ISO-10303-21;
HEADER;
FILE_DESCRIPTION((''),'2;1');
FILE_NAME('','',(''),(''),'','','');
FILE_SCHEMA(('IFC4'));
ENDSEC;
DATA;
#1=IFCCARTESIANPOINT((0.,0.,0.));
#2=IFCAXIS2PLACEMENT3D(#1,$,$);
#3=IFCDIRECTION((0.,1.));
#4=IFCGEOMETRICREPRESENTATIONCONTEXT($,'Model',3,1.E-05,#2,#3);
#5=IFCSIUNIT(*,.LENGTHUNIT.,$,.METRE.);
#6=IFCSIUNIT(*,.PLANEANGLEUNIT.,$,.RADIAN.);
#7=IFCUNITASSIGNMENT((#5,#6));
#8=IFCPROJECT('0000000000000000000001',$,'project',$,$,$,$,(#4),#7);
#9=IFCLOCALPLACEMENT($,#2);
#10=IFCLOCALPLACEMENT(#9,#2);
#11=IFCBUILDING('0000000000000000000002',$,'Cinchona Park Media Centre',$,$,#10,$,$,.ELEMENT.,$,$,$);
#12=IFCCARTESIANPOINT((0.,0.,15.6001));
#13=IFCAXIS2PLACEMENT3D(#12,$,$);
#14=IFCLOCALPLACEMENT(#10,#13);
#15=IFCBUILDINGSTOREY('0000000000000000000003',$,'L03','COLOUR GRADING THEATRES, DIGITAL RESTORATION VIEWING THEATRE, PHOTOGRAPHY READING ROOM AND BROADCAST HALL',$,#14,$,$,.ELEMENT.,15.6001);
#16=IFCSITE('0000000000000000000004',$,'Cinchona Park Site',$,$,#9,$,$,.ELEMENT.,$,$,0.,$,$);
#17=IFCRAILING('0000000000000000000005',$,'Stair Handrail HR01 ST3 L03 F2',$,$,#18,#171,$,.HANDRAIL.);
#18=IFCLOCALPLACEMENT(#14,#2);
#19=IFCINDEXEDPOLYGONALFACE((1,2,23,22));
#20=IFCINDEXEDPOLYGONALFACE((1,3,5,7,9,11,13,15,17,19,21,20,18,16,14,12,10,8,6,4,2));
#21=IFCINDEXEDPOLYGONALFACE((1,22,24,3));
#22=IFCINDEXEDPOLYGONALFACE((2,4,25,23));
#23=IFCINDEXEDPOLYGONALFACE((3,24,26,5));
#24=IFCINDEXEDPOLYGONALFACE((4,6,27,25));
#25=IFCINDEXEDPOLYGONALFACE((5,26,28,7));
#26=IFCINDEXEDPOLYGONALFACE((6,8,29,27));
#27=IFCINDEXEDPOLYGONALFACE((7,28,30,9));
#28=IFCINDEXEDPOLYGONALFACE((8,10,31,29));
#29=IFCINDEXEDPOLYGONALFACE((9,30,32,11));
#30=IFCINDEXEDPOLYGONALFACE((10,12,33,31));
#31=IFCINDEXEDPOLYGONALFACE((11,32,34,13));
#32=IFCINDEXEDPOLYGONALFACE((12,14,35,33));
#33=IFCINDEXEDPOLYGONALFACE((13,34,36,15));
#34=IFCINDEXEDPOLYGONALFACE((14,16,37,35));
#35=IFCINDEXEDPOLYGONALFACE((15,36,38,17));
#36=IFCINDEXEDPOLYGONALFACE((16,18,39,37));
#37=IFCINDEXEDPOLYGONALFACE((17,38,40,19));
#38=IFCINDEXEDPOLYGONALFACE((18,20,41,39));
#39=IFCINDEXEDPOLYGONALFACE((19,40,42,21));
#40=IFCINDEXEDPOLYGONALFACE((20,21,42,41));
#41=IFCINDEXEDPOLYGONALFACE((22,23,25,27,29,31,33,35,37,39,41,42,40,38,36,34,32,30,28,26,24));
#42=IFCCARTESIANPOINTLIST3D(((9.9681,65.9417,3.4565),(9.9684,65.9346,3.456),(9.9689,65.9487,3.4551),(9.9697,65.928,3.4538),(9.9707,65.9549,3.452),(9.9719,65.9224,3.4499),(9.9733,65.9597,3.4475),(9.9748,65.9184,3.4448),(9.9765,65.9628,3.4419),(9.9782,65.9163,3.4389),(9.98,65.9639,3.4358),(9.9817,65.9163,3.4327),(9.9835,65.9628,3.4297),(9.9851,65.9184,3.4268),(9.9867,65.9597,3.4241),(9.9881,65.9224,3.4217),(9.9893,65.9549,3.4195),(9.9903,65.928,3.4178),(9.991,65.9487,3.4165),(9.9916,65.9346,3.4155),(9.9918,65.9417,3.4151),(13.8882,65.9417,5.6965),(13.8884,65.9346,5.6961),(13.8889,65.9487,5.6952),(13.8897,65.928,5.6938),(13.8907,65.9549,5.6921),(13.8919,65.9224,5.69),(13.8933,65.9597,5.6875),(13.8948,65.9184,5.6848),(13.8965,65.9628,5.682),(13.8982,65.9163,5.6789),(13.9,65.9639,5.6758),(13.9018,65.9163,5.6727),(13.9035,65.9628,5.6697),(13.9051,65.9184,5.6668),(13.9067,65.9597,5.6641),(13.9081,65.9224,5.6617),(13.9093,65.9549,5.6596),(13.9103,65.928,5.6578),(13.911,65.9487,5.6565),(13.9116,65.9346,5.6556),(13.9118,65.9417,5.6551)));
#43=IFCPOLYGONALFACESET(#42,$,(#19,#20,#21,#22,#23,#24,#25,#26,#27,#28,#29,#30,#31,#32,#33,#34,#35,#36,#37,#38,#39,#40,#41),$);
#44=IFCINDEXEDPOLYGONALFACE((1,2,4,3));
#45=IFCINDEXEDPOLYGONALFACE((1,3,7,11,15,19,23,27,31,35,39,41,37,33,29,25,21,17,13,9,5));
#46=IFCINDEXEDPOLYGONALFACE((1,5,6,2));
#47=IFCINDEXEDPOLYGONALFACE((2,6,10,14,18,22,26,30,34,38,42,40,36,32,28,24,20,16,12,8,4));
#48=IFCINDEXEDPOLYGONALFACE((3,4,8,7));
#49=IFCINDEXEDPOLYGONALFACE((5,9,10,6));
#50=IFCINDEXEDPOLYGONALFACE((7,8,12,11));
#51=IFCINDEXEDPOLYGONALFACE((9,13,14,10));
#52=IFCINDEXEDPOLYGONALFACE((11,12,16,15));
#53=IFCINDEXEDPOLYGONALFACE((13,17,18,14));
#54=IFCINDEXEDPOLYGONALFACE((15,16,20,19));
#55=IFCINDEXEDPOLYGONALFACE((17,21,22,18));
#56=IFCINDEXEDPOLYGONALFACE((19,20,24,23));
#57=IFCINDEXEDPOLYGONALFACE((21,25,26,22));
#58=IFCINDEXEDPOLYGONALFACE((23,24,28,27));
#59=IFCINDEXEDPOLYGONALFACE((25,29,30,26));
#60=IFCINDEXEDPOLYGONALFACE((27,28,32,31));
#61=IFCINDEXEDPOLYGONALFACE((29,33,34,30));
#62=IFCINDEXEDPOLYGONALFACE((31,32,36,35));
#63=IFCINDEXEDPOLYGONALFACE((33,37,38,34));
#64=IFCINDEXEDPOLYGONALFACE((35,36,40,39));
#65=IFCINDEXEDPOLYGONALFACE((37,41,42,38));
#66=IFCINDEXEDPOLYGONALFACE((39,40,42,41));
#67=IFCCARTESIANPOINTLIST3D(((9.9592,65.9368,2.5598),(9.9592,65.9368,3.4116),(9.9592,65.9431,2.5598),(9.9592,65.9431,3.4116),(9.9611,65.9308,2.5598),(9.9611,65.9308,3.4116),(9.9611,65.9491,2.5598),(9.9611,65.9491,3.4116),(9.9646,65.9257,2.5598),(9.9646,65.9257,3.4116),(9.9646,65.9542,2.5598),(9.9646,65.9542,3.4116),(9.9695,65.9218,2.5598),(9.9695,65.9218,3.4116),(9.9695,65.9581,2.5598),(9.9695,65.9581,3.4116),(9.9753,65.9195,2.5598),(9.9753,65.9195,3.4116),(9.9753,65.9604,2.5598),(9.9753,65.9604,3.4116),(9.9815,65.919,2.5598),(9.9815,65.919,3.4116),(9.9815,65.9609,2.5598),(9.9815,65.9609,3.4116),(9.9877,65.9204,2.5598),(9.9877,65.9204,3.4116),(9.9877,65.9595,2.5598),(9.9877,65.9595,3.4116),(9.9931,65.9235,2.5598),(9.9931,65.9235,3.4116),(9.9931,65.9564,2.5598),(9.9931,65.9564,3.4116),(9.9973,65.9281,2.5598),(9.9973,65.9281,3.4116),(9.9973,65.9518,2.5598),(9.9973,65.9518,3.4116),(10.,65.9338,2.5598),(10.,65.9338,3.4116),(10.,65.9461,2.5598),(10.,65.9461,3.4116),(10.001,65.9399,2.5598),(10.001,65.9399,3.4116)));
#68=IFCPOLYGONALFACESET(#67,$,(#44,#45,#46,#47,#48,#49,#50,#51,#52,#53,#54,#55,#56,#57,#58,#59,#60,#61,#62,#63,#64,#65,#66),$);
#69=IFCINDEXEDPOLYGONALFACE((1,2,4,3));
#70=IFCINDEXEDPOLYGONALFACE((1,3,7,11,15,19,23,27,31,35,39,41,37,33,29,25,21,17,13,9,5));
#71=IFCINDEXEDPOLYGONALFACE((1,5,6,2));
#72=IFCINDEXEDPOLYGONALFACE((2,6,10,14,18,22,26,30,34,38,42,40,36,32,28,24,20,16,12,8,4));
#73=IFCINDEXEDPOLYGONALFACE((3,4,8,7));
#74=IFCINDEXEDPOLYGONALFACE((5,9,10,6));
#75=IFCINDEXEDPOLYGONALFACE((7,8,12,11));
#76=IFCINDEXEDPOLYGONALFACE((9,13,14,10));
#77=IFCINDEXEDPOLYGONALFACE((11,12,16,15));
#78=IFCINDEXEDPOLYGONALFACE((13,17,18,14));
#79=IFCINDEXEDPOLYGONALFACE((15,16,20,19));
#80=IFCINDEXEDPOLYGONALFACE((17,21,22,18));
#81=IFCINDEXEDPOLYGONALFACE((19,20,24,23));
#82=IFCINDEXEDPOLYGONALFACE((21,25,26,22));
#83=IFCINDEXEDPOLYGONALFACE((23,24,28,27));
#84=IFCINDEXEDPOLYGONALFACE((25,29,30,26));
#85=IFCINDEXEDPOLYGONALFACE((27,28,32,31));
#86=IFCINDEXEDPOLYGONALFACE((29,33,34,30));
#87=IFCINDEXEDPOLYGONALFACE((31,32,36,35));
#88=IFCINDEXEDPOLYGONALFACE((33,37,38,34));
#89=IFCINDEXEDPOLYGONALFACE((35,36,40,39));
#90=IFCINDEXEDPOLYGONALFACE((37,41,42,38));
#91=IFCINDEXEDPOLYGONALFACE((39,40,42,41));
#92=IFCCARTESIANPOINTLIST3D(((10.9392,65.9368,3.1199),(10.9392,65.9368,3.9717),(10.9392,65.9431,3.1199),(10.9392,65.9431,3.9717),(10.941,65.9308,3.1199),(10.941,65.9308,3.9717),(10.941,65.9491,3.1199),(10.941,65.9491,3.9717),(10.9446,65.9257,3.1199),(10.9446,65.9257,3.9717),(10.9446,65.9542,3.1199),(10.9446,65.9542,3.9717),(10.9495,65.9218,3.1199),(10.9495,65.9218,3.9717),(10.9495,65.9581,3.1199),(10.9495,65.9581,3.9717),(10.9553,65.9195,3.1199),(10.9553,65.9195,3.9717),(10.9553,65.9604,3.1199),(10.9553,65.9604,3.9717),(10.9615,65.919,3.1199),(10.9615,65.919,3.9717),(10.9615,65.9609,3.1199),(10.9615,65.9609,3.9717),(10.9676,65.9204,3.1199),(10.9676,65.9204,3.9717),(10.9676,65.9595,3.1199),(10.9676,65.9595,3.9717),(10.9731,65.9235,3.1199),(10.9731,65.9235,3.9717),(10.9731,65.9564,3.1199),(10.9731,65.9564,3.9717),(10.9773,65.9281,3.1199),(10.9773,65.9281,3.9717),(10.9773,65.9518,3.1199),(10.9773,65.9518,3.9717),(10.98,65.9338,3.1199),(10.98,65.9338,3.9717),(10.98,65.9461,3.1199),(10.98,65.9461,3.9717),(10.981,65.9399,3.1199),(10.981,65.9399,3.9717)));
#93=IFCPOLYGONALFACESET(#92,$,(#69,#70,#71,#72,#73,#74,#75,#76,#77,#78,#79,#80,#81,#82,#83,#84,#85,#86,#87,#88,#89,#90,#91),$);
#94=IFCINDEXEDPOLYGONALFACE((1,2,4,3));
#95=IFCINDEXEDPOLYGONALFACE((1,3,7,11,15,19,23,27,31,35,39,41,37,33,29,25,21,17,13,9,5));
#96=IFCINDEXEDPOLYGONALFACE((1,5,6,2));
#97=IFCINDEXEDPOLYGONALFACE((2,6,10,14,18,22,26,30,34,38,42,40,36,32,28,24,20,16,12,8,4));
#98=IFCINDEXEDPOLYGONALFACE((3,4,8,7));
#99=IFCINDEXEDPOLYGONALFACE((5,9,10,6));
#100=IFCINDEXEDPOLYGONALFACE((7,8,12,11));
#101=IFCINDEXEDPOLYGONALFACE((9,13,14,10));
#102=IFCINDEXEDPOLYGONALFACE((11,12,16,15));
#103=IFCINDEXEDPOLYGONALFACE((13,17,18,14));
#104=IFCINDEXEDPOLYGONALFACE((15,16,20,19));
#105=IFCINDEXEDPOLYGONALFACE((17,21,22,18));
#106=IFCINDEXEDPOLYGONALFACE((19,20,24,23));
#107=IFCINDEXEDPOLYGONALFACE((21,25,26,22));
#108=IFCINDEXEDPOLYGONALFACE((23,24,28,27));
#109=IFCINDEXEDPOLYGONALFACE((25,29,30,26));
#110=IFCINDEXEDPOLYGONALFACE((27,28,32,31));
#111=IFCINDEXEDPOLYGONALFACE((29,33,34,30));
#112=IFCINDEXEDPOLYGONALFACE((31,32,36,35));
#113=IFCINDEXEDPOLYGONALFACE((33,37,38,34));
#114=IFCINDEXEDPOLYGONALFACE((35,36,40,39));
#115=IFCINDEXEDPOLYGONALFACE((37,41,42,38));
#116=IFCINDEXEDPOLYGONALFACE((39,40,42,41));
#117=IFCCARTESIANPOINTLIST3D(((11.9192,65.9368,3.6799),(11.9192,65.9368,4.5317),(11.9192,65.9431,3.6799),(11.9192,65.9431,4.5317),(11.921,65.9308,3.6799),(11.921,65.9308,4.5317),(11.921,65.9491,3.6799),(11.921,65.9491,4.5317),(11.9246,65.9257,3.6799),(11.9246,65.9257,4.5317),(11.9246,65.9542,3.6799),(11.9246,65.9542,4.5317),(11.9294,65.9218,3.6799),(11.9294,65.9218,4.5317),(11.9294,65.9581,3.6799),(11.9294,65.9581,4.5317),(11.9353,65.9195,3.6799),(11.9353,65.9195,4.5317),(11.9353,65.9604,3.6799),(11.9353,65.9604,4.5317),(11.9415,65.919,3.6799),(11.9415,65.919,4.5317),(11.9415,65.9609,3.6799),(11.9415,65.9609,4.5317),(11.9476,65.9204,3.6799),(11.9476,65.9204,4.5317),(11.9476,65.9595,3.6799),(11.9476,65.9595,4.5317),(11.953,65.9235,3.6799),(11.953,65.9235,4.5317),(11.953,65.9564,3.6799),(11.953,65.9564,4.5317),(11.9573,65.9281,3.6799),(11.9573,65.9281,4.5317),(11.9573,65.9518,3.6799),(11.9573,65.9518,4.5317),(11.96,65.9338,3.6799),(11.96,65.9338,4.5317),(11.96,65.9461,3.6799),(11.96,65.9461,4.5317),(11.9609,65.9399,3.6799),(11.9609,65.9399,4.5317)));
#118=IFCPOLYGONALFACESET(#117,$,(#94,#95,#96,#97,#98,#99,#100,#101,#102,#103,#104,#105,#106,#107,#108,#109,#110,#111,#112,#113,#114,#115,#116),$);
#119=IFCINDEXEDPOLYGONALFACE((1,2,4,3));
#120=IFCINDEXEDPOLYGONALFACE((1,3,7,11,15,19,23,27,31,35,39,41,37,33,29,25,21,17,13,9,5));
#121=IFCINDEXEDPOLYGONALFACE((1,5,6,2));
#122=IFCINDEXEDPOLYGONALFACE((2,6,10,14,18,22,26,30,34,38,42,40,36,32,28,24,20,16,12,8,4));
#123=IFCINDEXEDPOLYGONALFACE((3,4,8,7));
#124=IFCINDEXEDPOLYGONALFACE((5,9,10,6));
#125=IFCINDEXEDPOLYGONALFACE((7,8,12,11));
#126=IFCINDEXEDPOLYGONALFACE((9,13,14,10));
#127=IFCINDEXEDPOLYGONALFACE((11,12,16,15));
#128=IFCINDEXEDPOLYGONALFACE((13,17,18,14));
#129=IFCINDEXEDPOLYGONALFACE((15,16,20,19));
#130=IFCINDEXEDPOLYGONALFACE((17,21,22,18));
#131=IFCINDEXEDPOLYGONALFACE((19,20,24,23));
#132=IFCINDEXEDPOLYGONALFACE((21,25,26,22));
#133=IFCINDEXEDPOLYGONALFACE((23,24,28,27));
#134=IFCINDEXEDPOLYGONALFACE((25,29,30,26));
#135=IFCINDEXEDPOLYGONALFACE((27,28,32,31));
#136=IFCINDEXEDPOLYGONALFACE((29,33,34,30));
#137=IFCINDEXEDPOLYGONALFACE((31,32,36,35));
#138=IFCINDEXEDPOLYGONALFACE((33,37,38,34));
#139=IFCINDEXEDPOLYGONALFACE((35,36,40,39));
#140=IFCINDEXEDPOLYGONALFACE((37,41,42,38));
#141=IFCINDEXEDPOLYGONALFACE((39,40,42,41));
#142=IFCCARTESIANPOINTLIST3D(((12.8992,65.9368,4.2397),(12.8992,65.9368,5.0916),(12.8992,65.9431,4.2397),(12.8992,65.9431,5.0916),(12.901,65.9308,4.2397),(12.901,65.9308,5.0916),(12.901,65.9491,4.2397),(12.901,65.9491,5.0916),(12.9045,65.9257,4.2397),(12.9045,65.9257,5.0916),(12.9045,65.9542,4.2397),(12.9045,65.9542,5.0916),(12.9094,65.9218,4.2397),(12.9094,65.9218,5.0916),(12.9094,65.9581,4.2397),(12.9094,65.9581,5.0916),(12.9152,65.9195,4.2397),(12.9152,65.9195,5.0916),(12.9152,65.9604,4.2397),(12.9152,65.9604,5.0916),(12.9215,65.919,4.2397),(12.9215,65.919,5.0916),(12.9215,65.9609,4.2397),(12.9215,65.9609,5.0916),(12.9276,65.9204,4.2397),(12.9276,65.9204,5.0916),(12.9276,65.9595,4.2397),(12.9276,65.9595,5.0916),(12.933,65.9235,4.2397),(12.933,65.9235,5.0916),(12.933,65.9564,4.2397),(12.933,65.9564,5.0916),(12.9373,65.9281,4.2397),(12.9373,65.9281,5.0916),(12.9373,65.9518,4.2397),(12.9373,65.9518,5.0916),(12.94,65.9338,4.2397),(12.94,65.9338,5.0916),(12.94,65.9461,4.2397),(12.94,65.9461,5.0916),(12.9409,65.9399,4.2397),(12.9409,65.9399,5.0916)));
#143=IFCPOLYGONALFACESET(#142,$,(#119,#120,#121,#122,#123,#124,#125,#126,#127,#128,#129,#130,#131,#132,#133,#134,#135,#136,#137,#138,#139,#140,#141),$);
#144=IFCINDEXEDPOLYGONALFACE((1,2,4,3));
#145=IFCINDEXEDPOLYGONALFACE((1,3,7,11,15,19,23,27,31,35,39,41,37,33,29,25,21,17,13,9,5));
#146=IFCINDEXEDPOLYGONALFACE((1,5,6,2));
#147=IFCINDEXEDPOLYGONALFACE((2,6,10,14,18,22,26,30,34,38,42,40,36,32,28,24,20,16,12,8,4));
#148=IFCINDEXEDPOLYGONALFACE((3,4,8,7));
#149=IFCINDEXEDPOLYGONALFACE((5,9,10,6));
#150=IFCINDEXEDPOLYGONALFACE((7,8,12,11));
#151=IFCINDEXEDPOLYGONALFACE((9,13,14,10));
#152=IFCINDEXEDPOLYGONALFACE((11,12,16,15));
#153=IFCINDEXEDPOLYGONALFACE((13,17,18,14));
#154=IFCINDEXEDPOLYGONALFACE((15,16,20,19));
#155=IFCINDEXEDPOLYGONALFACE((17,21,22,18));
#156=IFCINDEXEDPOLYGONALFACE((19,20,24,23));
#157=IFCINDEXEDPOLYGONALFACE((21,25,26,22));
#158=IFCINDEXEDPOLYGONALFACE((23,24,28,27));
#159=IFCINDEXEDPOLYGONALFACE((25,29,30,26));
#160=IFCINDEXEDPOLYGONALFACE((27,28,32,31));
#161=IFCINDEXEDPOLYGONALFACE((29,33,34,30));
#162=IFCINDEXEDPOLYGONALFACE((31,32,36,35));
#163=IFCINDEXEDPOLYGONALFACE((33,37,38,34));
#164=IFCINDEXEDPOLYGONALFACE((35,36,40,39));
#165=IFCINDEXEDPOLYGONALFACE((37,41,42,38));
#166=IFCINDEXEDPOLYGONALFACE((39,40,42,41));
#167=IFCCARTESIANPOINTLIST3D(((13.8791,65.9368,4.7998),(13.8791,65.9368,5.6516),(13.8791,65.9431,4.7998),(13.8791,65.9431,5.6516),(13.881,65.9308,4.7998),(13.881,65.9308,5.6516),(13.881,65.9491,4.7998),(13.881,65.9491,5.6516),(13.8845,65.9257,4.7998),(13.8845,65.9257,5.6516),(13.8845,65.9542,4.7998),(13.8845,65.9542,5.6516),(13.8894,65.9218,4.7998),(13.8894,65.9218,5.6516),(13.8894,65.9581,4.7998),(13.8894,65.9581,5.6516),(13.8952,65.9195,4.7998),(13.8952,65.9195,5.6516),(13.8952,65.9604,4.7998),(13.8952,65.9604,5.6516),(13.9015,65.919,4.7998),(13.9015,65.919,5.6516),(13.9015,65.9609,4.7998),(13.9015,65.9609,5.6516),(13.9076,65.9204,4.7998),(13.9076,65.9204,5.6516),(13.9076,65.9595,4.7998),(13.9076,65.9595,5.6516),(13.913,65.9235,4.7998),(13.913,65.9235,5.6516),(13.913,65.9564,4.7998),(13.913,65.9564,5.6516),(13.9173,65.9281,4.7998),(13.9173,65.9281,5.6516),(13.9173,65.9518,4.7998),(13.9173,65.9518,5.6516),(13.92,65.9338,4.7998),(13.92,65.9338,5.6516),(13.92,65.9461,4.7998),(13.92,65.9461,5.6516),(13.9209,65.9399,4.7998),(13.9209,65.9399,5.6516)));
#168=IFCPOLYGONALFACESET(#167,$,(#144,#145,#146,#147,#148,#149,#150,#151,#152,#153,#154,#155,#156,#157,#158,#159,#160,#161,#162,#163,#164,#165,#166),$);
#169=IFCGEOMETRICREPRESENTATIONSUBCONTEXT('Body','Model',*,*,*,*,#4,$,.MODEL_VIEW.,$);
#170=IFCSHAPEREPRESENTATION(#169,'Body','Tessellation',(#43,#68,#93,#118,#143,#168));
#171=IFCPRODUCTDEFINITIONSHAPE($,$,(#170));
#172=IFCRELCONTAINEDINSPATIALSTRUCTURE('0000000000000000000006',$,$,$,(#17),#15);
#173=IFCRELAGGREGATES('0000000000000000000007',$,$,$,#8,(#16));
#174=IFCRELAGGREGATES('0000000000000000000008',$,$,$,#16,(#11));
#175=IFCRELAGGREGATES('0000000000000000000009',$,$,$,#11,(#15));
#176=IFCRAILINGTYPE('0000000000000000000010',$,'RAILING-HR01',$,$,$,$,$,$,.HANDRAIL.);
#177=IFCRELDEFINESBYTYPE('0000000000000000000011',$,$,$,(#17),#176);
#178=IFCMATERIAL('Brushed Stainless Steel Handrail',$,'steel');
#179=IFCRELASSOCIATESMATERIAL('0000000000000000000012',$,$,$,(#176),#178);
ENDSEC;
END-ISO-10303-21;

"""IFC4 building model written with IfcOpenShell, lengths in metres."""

from ifc_helpers import new_model, si_unit, direction, frame, origin, origin_2d, place, context, subcontext, project, spatial, circle, extrude, material, type_object, element, save


model = new_model("IFC4")

# Units and contexts
model_context = context("Model", 3, precision=1e-05, world=origin(), true_north=direction((0.0, 1.0)))
body_context = subcontext(model_context, "Body", "Model", "MODEL_VIEW")
ifc_project = project(units=[si_unit("LENGTHUNIT", "METRE"), si_unit("PLANEANGLEUNIT", "RADIAN")], contexts=[model_context])

# Site, building, storey
site_placement = place(None, origin())
site = spatial("IfcSite", under=ifc_project, at=site_placement, Name="Cinchona Park Site", CompositionType="ELEMENT", RefElevation=0.0)
building_placement = place(site_placement, origin())
building = spatial("IfcBuilding", under=site, at=building_placement, Name="Cinchona Park Media Centre", CompositionType="ELEMENT")
storey_placement = place(building_placement, frame((0.0, 0.0, 15.6001)))
storey = spatial("IfcBuildingStorey", under=building, at=storey_placement, Name="L03", Description="COLOUR GRADING THEATRES, DIGITAL RESTORATION VIEWING THEATRE, PHOTOGRAPHY READING ROOM AND BROADCAST HALL", CompositionType="ELEMENT", Elevation=15.6001)

# Railing
ifc_material_1 = material(Name="Brushed Stainless Steel Handrail", Category="steel")
railing_type_1 = type_object("IfcRailingType", Name="RAILING-HR01", PredefinedType="HANDRAIL", material=ifc_material_1)
railing_1_placement = place(storey_placement, frame((9.98, 65.9399, 2.5598)))
element("IfcRailing", 1, at=railing_1_placement, inside=storey, type_object=railing_type_1, Name="Stair Handrail HR01 ST3 L03 F2", PredefinedType="HANDRAIL", context=body_context, shape_type="SweptSolid", body=[
    extrude(circle(Radius=0.0239, at=origin_2d()), frame((0.0, 0.0, 0.876), z_axis=(0.86824, 0.0, 0.496145), x_axis=(0.0, 1.0, 0.0)), (0.0, 0.0, 1.0), 4.5149),
    extrude(circle(Radius=0.021, at=origin_2d()), origin(), (0.0, 0.0, 1.0), 0.8518),
    extrude(circle(Radius=0.021, at=origin_2d()), frame((0.98, 0.0, 0.5601)), (0.0, 0.0, 1.0), 0.8518),
    extrude(circle(Radius=0.021, at=origin_2d()), frame((1.96, 0.0, 1.1201)), (0.0, 0.0, 1.0), 0.8518),
    extrude(circle(Radius=0.021, at=origin_2d()), frame((2.9399, 0.0, 1.6799)), (0.0, 0.0, 1.0), 0.8518),
    extrude(circle(Radius=0.021, at=origin_2d()), frame((3.9199, 0.0, 2.24)), (0.0, 0.0, 1.0), 0.8518),
])

save(model, "model.ifc")
